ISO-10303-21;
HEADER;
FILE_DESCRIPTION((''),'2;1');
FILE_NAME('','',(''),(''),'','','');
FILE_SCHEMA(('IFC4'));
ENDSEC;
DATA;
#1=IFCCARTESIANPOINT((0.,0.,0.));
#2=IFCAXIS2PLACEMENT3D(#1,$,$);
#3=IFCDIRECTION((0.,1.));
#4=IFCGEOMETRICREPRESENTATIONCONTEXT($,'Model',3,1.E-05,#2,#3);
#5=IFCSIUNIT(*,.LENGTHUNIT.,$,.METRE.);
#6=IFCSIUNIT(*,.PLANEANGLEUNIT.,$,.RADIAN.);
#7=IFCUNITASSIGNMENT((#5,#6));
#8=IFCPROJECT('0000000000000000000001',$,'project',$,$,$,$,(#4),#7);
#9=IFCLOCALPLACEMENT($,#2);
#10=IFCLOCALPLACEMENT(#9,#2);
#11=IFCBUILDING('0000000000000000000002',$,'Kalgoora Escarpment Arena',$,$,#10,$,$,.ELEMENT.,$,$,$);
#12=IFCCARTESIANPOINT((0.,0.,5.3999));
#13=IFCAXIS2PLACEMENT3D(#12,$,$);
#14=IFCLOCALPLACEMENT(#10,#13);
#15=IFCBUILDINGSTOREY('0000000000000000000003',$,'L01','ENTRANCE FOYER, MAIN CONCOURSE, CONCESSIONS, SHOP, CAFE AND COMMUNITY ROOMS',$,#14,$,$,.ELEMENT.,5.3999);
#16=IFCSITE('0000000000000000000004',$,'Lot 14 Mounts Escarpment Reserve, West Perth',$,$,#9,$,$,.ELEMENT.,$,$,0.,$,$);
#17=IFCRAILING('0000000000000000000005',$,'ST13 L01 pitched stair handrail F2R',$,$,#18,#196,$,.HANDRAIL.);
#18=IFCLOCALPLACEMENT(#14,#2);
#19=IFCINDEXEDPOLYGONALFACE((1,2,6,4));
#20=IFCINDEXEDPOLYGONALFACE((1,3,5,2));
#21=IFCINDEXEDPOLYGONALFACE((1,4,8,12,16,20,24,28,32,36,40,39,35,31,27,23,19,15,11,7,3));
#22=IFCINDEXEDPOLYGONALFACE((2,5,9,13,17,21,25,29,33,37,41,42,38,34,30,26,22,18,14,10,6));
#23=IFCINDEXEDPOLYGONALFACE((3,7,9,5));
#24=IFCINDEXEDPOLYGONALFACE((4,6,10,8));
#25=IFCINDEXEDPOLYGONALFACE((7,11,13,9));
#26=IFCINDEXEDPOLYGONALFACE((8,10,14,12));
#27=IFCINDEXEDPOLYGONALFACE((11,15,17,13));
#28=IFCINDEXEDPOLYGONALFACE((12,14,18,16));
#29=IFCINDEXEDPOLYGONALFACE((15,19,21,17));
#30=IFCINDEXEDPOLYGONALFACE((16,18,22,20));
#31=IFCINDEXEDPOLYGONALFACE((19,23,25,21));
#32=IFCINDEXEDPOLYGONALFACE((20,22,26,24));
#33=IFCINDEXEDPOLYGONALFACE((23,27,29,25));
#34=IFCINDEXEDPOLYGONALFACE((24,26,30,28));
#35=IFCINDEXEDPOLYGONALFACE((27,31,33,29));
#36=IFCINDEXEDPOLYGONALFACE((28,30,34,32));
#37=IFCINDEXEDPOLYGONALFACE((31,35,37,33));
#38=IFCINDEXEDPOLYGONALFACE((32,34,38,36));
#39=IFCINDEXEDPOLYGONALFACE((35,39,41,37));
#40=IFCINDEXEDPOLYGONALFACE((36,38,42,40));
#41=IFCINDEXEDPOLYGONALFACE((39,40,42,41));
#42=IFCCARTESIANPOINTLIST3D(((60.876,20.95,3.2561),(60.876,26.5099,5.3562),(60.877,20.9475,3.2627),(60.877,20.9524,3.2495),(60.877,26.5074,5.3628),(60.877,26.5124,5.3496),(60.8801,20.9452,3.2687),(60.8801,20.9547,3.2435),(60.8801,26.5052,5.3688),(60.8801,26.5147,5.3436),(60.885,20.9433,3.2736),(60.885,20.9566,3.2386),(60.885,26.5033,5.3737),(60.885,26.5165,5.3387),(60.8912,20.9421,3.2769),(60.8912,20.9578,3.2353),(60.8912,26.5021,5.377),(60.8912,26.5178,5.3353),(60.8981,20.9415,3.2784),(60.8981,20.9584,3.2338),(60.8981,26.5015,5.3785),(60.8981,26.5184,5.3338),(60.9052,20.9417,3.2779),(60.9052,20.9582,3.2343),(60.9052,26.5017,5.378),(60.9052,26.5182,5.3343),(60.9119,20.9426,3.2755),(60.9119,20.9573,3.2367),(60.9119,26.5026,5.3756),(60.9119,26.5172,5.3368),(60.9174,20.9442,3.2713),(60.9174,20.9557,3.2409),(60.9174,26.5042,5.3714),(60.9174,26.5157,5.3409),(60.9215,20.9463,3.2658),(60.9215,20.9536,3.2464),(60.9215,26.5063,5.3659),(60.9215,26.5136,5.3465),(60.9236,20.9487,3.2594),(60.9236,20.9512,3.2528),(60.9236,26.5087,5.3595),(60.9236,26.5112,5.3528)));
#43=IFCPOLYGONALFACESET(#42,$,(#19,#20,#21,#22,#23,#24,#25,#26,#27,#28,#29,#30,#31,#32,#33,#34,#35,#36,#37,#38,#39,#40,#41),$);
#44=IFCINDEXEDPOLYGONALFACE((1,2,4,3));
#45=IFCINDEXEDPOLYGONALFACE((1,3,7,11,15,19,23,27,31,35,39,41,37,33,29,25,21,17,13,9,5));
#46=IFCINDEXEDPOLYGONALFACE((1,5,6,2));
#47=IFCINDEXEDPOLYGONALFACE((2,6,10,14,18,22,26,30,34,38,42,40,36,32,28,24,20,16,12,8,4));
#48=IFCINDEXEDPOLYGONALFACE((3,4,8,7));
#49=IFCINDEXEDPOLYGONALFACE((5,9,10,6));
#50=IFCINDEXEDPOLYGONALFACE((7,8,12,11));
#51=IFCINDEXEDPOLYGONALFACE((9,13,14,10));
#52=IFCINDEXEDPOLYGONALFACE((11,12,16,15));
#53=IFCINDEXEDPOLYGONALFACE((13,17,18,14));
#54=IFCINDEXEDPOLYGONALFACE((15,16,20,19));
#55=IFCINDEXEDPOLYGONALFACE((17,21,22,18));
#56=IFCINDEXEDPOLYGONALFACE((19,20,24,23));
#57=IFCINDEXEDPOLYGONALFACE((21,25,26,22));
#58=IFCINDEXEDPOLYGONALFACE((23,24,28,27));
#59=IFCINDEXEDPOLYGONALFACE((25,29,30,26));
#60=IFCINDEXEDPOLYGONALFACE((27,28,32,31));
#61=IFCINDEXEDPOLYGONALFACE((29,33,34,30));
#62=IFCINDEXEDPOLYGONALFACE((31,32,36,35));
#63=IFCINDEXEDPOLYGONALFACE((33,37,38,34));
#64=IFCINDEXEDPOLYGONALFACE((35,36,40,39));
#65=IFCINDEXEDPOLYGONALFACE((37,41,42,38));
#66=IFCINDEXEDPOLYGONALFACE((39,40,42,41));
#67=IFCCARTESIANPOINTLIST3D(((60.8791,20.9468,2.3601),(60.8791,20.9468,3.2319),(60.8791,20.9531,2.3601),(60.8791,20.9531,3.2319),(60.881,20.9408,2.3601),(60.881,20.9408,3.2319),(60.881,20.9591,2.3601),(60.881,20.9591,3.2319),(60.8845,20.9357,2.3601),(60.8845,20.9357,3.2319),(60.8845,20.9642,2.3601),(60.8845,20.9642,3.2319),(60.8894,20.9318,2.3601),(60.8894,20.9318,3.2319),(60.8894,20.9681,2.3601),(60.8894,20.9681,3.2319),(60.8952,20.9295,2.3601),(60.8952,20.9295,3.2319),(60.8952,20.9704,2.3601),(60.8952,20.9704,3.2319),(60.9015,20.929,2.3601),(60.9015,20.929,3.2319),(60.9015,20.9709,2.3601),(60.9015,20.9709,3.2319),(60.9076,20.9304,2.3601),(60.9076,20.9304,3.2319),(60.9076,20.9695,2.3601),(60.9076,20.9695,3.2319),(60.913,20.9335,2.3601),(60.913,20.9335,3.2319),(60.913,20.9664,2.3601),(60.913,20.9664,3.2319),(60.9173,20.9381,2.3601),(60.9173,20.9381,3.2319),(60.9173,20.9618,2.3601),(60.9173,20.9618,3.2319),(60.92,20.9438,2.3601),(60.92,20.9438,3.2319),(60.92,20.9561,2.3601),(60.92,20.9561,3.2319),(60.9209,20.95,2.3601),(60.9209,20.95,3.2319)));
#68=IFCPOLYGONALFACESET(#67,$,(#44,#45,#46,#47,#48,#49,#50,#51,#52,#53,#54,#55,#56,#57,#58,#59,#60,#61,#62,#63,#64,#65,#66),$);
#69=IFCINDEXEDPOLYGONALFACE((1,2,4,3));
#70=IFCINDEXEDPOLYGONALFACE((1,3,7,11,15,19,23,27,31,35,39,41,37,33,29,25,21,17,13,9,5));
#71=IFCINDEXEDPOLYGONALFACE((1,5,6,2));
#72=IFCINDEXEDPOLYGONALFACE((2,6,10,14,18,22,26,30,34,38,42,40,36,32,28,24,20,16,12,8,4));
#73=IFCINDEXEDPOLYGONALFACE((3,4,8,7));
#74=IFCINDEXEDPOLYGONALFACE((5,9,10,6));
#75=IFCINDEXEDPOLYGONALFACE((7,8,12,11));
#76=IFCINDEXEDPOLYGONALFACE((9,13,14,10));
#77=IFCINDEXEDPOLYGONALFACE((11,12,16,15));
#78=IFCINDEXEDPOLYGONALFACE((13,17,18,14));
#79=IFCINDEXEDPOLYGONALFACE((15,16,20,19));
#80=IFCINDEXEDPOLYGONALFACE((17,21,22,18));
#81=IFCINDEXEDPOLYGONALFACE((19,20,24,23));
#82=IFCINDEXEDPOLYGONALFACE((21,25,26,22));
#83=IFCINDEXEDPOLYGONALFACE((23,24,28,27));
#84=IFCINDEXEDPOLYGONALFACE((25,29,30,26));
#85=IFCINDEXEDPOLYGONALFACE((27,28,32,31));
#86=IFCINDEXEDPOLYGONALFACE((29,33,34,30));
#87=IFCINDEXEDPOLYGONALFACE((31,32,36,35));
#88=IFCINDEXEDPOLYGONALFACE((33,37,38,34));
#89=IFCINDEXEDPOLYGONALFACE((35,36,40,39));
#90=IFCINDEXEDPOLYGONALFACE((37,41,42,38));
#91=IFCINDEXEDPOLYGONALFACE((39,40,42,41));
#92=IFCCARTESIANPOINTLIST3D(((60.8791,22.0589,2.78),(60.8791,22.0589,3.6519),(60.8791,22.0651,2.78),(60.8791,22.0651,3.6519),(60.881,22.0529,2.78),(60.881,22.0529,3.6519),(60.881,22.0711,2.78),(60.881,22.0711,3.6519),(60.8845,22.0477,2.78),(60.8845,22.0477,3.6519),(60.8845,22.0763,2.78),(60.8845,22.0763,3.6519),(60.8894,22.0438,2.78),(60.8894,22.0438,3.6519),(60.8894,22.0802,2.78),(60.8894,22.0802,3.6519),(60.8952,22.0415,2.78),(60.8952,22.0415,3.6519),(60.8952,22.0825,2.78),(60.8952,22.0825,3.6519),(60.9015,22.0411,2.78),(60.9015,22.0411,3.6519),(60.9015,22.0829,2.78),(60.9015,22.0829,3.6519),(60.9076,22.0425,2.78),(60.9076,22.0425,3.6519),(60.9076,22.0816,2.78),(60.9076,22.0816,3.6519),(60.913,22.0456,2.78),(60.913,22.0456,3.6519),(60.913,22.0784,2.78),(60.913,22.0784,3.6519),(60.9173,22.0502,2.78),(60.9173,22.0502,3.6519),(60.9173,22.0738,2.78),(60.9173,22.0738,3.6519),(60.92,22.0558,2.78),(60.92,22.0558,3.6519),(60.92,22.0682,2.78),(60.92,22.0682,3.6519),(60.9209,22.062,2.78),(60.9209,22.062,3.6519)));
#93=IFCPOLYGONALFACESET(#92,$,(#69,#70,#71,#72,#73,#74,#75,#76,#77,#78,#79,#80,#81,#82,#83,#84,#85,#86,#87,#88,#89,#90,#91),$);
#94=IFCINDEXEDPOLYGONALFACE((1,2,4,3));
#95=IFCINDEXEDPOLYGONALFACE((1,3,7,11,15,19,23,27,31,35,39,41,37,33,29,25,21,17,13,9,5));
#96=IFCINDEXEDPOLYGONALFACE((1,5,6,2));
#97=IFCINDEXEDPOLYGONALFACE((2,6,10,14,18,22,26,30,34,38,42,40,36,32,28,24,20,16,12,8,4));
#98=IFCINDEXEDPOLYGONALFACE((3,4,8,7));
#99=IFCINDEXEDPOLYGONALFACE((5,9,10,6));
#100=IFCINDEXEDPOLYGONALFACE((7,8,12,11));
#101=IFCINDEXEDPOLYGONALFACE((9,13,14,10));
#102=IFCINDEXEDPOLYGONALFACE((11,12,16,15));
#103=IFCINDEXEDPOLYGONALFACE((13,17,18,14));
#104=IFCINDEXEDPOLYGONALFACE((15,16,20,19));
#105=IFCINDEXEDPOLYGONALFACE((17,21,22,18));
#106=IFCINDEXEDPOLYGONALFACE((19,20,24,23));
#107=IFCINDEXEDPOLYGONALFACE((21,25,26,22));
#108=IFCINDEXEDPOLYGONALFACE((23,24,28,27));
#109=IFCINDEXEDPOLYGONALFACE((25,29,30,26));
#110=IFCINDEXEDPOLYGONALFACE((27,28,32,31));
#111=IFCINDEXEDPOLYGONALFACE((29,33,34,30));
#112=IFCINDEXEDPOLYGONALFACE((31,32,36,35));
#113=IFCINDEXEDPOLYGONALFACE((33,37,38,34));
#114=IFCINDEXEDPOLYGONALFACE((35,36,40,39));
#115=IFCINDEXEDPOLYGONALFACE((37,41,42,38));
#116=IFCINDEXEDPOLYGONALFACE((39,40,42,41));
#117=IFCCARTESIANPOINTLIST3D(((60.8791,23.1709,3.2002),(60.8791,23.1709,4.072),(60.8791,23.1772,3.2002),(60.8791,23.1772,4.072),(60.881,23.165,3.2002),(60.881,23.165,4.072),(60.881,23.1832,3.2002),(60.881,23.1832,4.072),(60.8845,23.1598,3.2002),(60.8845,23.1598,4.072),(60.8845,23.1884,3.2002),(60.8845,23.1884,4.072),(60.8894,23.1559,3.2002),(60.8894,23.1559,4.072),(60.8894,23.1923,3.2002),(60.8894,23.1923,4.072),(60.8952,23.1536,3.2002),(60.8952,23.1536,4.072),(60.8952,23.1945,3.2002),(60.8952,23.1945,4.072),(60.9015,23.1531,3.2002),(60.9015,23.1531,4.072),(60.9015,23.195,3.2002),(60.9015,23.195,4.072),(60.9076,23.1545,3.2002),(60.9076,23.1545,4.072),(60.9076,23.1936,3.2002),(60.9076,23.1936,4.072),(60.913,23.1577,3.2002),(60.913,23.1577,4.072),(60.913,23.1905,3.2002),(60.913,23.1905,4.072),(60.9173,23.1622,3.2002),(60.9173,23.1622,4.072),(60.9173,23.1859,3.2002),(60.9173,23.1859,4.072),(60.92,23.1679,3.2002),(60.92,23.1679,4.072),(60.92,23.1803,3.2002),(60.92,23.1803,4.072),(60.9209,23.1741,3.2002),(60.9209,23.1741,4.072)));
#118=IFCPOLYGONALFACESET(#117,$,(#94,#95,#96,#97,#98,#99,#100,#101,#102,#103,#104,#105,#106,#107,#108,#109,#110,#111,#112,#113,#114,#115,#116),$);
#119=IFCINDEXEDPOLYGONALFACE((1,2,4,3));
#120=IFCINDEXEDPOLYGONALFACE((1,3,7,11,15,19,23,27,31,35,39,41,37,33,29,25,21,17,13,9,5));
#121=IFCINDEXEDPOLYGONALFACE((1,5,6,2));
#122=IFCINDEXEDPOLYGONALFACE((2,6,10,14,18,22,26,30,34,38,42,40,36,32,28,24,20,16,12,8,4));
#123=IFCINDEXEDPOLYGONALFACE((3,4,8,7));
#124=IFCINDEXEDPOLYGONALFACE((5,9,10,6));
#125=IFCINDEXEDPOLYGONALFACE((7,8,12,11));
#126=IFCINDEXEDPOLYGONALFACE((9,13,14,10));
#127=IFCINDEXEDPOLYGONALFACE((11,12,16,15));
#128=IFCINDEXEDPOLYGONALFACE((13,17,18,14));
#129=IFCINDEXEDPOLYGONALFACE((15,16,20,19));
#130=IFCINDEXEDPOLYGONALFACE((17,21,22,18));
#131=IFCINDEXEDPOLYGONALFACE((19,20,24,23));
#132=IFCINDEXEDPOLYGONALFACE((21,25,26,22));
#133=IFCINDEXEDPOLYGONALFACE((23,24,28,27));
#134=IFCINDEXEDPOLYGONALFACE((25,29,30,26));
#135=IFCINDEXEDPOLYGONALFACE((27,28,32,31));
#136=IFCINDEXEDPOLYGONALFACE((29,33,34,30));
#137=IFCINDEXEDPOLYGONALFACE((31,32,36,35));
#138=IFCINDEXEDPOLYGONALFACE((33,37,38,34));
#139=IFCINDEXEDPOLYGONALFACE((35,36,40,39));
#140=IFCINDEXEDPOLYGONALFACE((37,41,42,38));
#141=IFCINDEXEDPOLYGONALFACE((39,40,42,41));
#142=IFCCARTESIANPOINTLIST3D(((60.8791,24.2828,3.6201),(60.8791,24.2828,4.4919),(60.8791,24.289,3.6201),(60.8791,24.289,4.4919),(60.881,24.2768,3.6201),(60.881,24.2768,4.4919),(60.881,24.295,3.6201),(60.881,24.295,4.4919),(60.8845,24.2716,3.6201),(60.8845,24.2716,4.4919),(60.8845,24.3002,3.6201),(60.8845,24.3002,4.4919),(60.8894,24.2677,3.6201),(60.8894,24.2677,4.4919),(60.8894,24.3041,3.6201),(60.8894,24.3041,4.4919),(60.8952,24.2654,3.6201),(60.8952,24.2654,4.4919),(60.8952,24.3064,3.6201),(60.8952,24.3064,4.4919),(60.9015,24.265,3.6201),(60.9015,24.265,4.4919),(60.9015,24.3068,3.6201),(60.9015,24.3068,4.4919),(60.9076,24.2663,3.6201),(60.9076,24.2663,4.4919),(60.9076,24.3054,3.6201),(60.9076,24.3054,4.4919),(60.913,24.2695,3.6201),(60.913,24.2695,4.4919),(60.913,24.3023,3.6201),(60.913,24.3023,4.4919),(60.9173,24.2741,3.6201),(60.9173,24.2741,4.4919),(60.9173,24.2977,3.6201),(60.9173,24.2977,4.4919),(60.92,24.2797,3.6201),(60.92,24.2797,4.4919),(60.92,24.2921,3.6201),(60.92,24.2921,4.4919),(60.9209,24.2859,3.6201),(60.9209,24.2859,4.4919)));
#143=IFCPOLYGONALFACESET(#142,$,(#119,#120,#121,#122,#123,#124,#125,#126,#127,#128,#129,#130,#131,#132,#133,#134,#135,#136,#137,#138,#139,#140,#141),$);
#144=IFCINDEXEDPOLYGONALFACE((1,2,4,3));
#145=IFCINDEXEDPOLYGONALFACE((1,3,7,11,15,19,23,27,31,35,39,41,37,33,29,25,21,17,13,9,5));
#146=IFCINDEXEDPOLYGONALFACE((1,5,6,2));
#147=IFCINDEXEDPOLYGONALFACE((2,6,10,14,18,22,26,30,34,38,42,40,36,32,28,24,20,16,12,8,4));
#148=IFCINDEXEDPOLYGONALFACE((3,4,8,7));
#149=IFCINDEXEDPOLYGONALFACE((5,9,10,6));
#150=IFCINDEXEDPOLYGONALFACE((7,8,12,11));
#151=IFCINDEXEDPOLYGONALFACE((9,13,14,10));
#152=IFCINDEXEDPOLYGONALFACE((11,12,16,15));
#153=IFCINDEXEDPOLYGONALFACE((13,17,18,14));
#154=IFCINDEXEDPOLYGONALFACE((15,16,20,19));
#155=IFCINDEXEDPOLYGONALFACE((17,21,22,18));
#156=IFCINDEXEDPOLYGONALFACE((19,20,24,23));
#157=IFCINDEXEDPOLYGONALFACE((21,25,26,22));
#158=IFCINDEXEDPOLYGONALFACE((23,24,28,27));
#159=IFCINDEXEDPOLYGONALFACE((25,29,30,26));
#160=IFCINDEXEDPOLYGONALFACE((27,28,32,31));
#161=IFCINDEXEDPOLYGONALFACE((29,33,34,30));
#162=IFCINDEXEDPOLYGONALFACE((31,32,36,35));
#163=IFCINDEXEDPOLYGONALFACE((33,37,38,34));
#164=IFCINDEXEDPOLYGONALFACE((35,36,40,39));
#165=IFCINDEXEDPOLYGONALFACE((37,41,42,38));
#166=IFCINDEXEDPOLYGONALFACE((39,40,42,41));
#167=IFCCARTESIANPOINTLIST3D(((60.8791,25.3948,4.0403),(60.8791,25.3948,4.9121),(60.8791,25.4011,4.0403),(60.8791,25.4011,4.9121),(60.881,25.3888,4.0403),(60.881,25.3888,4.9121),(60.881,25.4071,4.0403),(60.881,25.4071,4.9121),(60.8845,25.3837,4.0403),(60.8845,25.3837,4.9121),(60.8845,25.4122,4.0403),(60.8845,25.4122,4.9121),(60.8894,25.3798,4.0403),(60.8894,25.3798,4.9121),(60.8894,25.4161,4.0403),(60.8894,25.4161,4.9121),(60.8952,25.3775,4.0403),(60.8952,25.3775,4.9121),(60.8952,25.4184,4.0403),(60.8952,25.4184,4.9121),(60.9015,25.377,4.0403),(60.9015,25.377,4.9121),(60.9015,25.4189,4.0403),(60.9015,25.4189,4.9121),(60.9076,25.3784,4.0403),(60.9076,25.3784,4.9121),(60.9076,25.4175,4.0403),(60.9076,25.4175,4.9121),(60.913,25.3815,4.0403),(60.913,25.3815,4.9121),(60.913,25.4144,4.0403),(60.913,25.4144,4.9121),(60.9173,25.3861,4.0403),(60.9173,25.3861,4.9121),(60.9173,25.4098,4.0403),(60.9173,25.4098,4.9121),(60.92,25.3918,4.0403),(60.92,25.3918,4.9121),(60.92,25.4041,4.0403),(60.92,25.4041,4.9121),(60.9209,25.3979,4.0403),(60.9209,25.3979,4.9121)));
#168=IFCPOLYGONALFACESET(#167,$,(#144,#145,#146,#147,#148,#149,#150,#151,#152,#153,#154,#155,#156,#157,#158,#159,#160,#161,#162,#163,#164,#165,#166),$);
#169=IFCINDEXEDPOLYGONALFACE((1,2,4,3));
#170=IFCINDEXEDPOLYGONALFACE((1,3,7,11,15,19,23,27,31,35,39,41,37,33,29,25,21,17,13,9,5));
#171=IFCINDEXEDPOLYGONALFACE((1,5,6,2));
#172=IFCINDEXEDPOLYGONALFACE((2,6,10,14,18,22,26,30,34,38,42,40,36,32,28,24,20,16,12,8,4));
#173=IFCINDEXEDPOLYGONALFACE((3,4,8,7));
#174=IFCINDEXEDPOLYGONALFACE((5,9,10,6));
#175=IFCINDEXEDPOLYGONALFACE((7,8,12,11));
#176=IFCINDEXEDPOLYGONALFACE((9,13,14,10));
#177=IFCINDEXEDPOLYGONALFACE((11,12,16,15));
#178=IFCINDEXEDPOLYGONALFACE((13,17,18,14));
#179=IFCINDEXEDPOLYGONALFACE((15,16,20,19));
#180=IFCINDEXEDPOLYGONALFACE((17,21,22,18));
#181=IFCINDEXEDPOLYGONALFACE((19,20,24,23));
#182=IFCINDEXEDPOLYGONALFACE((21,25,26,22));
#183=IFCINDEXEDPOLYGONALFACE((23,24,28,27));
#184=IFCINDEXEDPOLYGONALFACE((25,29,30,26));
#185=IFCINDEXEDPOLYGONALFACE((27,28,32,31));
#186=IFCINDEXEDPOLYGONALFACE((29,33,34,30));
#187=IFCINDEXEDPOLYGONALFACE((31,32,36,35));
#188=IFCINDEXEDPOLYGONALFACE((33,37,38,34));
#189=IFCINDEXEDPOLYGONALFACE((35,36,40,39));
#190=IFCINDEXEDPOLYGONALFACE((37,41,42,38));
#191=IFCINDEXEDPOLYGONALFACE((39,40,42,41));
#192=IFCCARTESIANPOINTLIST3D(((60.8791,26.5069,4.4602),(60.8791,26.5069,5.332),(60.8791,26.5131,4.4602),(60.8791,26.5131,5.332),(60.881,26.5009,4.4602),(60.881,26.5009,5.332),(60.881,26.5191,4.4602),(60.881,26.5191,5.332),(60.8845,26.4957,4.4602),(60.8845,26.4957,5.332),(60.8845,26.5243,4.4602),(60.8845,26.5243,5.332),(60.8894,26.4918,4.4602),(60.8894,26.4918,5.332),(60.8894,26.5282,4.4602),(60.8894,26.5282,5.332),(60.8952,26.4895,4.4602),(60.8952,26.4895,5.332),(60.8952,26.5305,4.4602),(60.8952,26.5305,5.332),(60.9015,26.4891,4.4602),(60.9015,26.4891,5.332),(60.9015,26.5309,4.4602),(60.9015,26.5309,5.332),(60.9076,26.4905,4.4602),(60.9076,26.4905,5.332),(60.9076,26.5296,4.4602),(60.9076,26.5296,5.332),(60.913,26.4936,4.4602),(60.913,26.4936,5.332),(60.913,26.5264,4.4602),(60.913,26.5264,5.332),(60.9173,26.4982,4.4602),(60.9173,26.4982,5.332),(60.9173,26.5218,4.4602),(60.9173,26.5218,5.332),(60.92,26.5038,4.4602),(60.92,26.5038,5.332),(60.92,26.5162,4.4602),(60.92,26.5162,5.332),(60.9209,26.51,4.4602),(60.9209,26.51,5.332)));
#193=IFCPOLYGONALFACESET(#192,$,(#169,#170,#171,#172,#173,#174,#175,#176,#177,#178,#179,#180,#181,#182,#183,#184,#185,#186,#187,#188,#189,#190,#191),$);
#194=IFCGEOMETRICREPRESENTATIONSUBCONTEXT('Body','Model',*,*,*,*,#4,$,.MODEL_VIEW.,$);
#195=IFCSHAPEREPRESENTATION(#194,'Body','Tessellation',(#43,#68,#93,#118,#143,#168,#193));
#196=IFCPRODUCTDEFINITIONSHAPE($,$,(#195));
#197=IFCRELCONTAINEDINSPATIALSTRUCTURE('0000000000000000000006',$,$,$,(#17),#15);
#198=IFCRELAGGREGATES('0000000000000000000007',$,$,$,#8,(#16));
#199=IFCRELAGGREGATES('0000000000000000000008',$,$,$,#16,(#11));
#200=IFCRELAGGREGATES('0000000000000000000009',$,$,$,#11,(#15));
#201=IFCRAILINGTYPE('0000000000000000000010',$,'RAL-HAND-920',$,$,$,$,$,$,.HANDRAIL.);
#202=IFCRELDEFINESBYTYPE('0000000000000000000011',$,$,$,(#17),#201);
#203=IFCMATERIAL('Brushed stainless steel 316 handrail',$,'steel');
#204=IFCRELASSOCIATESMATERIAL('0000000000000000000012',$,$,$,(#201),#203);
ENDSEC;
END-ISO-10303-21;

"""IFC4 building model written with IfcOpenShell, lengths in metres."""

from ifc_helpers import new_model, si_unit, direction, frame, origin, origin_2d, place, context, subcontext, project, spatial, circle, extrude, material, type_object, element, save


model = new_model("IFC4")

# Units and contexts
model_context = context("Model", 3, precision=1e-05, world=origin(), true_north=direction((0.0, 1.0)))
body_context = subcontext(model_context, "Body", "Model", "MODEL_VIEW")
ifc_project = project(units=[si_unit("LENGTHUNIT", "METRE"), si_unit("PLANEANGLEUNIT", "RADIAN")], contexts=[model_context])

# Site, building, storey
site_placement = place(None, origin())
site = spatial("IfcSite", under=ifc_project, at=site_placement, Name="Lot 14 Mounts Escarpment Reserve, West Perth", CompositionType="ELEMENT", RefElevation=0.0)
building_placement = place(site_placement, origin())
building = spatial("IfcBuilding", under=site, at=building_placement, Name="Kalgoora Escarpment Arena", CompositionType="ELEMENT")
storey_placement = place(building_placement, frame((0.0, 0.0, 5.3999)))
storey = spatial("IfcBuildingStorey", under=building, at=storey_placement, Name="L01", Description="ENTRANCE FOYER, MAIN CONCOURSE, CONCESSIONS, SHOP, CAFE AND COMMUNITY ROOMS", CompositionType="ELEMENT", Elevation=5.3999)

# Railing
ifc_material_1 = material(Name="Brushed stainless steel 316 handrail", Category="steel")
railing_type_1 = type_object("IfcRailingType", Name="RAL-HAND-920", PredefinedType="HANDRAIL", material=ifc_material_1)
for number, where, name in (
    (1, (60.8999, 20.95, 2.3601), "ST13 L01 pitched stair handrail F2R"),
):
    element("IfcRailing", number, at=place(storey_placement, frame(where)), inside=storey, type_object=railing_type_1, Name=name, PredefinedType="HANDRAIL", context=body_context, shape_type="SweptSolid", body=[
        extrude(circle(Radius=0.0239, at=origin_2d()), frame((0.0, 0.0, 0.896), z_axis=(0.0, 0.935493, 0.353346), x_axis=(-1.0, 0.0, 0.0)), (0.0, 0.0, 1.0), 5.9434),
        extrude(circle(Radius=0.021, at=origin_2d()), origin(), (0.0, 0.0, 1.0), 0.8718),
        extrude(circle(Radius=0.021, at=origin_2d()), frame((0.0, 1.1121, 0.4199)), (0.0, 0.0, 1.0), 0.8718),
        extrude(circle(Radius=0.021, at=origin_2d()), frame((0.0, 2.2241, 0.8401)), (0.0, 0.0, 1.0), 0.8718),
        extrude(circle(Radius=0.021, at=origin_2d()), frame((0.0, 3.3359, 1.26)), (0.0, 0.0, 1.0), 0.8718),
        extrude(circle(Radius=0.021, at=origin_2d()), frame((0.0, 4.448, 1.6802)), (0.0, 0.0, 1.0), 0.8718),
        extrude(circle(Radius=0.021, at=origin_2d()), frame((0.0, 5.5601, 2.1001)), (0.0, 0.0, 1.0), 0.8718),
    ])

save(model, "model.ifc")
